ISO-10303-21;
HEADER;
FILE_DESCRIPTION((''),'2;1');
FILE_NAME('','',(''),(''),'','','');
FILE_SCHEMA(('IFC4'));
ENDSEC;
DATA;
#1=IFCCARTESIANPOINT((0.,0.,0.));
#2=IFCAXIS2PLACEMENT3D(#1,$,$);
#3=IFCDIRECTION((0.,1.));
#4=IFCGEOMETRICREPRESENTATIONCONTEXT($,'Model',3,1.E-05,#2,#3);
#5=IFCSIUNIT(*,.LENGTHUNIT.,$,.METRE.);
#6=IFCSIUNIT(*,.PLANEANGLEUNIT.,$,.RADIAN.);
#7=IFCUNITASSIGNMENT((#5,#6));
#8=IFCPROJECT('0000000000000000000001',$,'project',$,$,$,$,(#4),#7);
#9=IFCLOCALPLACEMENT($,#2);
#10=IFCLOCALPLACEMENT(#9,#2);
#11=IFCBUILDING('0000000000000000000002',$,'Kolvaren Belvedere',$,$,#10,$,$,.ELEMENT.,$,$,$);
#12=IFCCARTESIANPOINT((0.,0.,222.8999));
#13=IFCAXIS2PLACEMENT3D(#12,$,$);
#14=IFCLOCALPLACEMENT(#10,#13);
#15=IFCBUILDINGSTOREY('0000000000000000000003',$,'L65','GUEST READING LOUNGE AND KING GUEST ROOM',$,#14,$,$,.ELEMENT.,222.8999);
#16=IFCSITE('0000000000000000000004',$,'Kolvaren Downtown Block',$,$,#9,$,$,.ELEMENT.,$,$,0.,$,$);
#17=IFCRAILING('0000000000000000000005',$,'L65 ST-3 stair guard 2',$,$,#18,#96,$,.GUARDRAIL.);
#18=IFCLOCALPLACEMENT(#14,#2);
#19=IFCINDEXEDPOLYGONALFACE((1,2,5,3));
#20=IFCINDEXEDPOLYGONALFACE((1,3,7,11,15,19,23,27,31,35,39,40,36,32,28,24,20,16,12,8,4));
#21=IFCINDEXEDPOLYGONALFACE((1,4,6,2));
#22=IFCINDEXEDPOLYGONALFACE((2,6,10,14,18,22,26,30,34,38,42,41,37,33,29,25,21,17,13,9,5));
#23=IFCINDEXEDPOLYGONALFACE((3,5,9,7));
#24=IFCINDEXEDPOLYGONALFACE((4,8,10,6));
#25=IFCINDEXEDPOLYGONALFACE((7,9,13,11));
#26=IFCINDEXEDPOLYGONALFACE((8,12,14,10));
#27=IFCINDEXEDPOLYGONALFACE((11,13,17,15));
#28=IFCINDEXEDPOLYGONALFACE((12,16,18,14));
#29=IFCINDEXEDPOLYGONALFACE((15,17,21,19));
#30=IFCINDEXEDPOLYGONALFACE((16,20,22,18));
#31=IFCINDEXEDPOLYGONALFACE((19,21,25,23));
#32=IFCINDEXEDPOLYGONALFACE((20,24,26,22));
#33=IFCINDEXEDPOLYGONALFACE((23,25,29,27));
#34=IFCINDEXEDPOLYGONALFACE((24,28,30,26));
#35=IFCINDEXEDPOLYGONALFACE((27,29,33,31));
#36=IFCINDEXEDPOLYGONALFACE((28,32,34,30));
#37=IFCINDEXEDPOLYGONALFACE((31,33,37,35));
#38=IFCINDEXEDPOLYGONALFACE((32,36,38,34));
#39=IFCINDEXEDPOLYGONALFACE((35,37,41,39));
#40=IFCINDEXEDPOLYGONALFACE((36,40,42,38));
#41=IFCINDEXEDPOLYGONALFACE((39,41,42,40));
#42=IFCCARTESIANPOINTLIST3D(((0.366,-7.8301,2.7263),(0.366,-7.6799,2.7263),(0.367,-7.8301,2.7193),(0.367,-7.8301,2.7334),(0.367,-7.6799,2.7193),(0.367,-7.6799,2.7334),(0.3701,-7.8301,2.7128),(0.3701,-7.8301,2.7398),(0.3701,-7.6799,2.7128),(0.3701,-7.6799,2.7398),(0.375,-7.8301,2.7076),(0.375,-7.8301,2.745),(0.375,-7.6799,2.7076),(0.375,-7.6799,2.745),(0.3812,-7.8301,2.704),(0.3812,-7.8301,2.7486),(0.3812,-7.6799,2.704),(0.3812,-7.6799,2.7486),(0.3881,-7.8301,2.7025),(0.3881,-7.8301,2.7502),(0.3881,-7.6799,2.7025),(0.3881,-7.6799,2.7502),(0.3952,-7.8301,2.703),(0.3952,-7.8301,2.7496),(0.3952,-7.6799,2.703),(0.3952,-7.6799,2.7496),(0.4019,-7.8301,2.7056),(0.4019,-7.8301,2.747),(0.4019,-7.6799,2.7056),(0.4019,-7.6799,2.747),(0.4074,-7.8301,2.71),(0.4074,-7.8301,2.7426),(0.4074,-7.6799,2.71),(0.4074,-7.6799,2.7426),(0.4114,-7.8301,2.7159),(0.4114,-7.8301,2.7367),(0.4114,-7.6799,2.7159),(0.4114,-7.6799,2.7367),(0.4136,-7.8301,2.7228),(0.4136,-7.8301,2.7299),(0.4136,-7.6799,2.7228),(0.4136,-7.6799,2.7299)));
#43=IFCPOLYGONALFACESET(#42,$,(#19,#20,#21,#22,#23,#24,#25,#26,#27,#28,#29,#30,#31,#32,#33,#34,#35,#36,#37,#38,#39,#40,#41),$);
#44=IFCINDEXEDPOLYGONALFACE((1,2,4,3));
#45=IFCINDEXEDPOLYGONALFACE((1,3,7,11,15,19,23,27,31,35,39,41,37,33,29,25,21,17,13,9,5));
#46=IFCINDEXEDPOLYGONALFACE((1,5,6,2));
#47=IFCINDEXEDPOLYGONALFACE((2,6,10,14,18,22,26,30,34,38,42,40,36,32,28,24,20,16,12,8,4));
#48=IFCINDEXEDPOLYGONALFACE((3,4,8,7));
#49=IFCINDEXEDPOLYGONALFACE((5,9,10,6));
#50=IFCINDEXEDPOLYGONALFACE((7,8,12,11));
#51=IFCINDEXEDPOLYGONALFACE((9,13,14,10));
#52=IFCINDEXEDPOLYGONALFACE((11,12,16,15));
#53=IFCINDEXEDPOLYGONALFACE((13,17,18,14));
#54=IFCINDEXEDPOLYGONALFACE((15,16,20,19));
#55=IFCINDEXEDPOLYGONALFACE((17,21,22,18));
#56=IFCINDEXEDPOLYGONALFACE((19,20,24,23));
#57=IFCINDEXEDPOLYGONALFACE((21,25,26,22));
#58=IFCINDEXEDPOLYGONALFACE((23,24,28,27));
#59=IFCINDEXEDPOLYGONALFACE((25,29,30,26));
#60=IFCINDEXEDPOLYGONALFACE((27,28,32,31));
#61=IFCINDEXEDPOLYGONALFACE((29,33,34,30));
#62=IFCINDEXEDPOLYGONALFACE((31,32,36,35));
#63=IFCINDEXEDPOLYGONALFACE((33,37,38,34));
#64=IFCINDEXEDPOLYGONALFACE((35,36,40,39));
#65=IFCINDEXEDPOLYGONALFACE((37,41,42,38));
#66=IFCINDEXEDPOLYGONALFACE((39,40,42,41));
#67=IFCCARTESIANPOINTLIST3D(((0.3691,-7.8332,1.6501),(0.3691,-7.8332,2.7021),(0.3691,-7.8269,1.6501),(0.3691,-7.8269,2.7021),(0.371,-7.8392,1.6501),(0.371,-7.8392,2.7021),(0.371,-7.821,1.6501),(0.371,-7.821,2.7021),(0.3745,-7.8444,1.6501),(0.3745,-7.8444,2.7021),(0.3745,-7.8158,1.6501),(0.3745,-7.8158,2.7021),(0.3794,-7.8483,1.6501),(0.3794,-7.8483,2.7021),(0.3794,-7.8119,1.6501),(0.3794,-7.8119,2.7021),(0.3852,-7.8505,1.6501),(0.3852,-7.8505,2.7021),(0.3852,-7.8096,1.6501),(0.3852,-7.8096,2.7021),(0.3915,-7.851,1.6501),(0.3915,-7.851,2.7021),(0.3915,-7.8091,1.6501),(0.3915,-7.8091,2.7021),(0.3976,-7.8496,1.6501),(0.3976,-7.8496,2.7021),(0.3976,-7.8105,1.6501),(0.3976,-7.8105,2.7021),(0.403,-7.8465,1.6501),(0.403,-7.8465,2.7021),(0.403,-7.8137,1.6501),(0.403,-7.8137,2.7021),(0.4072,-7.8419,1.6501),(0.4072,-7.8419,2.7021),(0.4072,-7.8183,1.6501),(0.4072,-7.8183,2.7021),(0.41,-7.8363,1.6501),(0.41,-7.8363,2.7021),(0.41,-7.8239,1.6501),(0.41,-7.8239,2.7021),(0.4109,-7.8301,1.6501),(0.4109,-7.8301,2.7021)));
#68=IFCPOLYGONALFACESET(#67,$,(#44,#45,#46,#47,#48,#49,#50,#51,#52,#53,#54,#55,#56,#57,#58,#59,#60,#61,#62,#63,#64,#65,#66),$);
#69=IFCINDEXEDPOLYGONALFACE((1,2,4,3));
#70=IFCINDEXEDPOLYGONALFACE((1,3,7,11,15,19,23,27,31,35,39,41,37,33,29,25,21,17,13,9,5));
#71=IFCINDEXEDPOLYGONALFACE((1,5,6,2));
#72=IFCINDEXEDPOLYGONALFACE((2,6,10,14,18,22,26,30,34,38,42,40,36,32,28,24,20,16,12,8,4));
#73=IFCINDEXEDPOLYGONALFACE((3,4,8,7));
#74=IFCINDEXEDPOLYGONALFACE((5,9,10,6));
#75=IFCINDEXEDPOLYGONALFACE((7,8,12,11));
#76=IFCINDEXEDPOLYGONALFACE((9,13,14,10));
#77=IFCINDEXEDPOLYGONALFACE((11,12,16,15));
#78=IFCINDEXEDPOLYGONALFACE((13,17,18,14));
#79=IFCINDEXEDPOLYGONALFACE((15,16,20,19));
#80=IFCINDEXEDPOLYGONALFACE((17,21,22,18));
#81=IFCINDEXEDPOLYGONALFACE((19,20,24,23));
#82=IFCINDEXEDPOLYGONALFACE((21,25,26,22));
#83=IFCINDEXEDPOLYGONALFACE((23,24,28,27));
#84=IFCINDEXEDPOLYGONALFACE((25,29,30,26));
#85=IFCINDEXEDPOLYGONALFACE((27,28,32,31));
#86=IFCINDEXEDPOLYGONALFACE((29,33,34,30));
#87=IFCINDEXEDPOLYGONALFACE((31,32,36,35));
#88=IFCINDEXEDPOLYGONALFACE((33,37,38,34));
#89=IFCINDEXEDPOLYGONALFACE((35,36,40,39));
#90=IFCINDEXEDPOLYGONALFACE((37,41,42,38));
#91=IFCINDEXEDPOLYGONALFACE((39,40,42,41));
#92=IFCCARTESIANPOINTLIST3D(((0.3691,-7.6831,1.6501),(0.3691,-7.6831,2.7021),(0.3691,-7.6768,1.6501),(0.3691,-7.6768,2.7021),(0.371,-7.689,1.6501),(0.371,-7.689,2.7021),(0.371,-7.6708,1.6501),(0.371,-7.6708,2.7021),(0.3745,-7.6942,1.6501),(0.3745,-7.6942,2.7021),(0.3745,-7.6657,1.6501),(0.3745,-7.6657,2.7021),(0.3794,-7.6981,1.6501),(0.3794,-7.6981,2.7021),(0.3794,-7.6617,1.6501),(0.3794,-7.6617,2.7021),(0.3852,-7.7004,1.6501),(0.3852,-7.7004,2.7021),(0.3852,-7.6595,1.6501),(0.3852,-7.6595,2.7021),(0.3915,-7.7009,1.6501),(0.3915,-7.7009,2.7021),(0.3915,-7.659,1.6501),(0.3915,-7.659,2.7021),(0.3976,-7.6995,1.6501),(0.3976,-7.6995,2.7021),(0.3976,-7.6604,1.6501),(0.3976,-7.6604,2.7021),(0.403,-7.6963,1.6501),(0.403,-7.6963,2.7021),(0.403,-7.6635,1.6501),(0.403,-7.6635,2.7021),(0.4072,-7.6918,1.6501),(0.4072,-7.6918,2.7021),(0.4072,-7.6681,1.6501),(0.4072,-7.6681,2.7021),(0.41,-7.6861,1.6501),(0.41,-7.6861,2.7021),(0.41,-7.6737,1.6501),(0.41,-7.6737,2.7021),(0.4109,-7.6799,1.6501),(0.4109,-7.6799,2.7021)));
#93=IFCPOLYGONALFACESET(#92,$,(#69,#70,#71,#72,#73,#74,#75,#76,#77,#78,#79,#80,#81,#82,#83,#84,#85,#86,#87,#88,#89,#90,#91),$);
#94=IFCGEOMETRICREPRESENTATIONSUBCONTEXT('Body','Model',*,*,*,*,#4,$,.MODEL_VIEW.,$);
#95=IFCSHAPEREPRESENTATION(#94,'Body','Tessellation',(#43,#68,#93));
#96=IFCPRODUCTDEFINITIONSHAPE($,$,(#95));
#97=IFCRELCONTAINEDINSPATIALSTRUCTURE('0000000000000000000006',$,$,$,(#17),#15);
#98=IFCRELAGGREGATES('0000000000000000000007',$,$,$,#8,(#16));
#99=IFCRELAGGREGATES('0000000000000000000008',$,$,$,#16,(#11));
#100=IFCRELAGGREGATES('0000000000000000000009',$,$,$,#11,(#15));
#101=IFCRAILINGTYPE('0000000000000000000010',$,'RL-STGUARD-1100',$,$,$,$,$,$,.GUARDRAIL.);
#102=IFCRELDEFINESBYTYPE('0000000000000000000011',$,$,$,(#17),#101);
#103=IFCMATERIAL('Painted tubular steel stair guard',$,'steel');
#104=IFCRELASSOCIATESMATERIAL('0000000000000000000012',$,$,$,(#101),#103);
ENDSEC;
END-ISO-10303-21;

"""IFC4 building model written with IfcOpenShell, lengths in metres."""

from ifc_helpers import new_model, si_unit, direction, frame, origin, origin_2d, place, context, subcontext, project, spatial, circle, extrude, material, type_object, element, save


model = new_model("IFC4")

# Units and contexts
model_context = context("Model", 3, precision=1e-05, world=origin(), true_north=direction((0.0, 1.0)))
body_context = subcontext(model_context, "Body", "Model", "MODEL_VIEW")
ifc_project = project(units=[si_unit("LENGTHUNIT", "METRE"), si_unit("PLANEANGLEUNIT", "RADIAN")], contexts=[model_context])

# Site, building, storey
site_placement = place(None, origin())
site = spatial("IfcSite", under=ifc_project, at=site_placement, Name="Kolvaren Downtown Block", CompositionType="ELEMENT", RefElevation=0.0)
building_placement = place(site_placement, origin())
building = spatial("IfcBuilding", under=site, at=building_placement, Name="Kolvaren Belvedere", CompositionType="ELEMENT")
storey_placement = place(building_placement, frame((0.0, 0.0, 222.8999)))
storey = spatial("IfcBuildingStorey", under=building, at=storey_placement, Name="L65", Description="GUEST READING LOUNGE AND KING GUEST ROOM", CompositionType="ELEMENT", Elevation=222.8999)

# Railing
ifc_material_1 = material(Name="Painted tubular steel stair guard", Category="steel")
railing_type_1 = type_object("IfcRailingType", Name="RL-STGUARD-1100", PredefinedType="GUARDRAIL", material=ifc_material_1)
railing_1_placement = place(storey_placement, frame((0.3899, -7.8301, 1.6501)))
element("IfcRailing", 1, at=railing_1_placement, inside=storey, type_object=railing_type_1, Name="L65 ST-3 stair guard 2", PredefinedType="GUARDRAIL", context=body_context, shape_type="SweptSolid", body=[
    extrude(circle(Radius=0.0239, at=origin_2d()), frame((0.0, 0.0, 1.0762), z_axis=(0.0, 1.0, 0.0), x_axis=(-1.0, 0.0, 0.0)), (0.0, 0.0, 1.0), 0.1501),
    extrude(circle(Radius=0.021, at=origin_2d()), origin(), (0.0, 0.0, 1.0), 1.052),
    extrude(circle(Radius=0.021, at=origin_2d()), frame((0.0, 0.1501, 0.0)), (0.0, 0.0, 1.0), 1.052),
])

save(model, "model.ifc")
